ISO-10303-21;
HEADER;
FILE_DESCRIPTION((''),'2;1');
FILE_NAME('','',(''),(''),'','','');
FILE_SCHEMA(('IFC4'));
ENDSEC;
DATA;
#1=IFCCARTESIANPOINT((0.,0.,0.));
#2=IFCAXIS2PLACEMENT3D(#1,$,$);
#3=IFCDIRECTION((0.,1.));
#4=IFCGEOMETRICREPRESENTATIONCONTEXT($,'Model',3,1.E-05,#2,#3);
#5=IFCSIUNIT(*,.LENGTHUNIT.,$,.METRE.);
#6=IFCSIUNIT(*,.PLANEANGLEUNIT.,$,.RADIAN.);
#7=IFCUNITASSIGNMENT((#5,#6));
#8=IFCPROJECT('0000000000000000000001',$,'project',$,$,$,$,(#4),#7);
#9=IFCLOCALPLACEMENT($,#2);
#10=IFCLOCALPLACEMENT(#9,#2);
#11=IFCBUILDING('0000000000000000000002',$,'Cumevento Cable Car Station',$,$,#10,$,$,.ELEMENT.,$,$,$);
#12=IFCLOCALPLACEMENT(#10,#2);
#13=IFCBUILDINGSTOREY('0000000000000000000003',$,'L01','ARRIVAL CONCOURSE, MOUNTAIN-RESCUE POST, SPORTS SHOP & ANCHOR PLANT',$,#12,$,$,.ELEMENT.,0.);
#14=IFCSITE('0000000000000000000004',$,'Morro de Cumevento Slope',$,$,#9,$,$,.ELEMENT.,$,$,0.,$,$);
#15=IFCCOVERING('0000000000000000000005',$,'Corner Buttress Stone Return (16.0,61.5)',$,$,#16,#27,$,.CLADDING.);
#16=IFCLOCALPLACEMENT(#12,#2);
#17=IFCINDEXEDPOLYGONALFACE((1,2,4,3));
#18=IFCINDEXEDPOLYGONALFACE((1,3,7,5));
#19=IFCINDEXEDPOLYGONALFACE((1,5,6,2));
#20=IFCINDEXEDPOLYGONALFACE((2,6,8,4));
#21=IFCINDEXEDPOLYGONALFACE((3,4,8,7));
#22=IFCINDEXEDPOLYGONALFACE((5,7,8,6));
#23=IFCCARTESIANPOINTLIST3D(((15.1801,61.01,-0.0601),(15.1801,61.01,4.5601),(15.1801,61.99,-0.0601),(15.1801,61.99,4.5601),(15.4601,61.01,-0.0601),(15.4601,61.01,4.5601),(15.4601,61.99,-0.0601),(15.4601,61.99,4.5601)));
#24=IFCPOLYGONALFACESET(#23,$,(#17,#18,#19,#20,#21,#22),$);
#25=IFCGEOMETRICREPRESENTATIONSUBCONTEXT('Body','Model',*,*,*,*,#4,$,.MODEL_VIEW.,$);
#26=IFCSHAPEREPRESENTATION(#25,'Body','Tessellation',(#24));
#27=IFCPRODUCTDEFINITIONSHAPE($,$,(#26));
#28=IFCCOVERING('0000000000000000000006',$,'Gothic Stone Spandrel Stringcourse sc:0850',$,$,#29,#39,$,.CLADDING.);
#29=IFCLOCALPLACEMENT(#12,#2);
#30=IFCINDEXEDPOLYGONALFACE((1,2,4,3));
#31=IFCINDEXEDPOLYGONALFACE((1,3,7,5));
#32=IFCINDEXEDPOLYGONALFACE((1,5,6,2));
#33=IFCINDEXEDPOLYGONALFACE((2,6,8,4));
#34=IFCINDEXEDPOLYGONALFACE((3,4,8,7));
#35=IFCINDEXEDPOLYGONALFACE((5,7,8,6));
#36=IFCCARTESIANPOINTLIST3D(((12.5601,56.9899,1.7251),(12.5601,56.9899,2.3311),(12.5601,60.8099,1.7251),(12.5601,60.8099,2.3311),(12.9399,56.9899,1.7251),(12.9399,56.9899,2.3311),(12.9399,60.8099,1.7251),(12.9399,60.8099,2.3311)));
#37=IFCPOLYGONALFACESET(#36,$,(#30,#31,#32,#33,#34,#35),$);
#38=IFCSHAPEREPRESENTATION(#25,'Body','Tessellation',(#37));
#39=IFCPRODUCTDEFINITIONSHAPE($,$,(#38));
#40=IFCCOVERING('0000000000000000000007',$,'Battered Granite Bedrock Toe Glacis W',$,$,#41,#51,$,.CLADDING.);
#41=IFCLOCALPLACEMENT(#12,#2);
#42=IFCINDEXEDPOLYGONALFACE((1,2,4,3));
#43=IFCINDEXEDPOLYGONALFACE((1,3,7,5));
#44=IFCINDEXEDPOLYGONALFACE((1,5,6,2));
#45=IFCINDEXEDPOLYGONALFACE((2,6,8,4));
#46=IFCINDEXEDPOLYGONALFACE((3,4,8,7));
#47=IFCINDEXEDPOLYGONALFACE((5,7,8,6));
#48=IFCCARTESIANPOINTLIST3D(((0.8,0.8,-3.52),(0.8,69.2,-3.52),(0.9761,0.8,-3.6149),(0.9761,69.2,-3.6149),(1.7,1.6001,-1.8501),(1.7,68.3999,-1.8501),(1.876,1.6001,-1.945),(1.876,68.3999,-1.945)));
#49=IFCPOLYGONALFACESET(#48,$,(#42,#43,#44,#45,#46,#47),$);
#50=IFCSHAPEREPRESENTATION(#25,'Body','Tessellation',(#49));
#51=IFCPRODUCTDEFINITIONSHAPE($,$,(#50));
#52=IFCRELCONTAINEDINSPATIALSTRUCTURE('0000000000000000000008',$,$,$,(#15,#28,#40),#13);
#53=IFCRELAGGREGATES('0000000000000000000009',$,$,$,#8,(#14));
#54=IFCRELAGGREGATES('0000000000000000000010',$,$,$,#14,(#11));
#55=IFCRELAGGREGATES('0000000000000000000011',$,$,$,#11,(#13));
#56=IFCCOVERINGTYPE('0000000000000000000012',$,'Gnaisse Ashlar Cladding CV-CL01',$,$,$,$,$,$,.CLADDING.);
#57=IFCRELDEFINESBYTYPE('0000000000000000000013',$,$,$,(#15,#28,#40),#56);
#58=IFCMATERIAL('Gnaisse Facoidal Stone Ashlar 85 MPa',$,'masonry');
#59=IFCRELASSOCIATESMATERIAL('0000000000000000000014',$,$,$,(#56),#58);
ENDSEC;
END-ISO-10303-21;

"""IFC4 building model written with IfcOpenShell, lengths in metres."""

from ifc_helpers import new_model, si_unit, direction, frame, origin, origin_2d, place, context, subcontext, project, spatial, polyline, rectangle, outline, extrude, material, type_object, element, save


model = new_model("IFC4")

# Units and contexts
model_context = context("Model", 3, precision=1e-05, world=origin(), true_north=direction((0.0, 1.0)))
body_context = subcontext(model_context, "Body", "Model", "MODEL_VIEW")
ifc_project = project(units=[si_unit("LENGTHUNIT", "METRE"), si_unit("PLANEANGLEUNIT", "RADIAN")], contexts=[model_context])

# Site, building, storey
site_placement = place(None, origin())
site = spatial("IfcSite", under=ifc_project, at=site_placement, Name="Morro de Cumevento Slope", CompositionType="ELEMENT", RefElevation=0.0)
building_placement = place(site_placement, origin())
building = spatial("IfcBuilding", under=site, at=building_placement, Name="Cumevento Cable Car Station", CompositionType="ELEMENT")
storey_placement = place(building_placement, origin())
storey = spatial("IfcBuildingStorey", under=building, at=storey_placement, Name="L01", Description="ARRIVAL CONCOURSE, MOUNTAIN-RESCUE POST, SPORTS SHOP & ANCHOR PLANT", CompositionType="ELEMENT", Elevation=0.0)

# Coverings
ifc_material_1 = material(Name="Gnaisse Facoidal Stone Ashlar 85 MPa", Category="masonry")
covering_type = type_object("IfcCoveringType", Name="Gnaisse Ashlar Cladding CV-CL01", PredefinedType="CLADDING", material=ifc_material_1)
covering_1_placement = place(storey_placement, frame((15.3201, 61.5, -0.0601), z_axis=(0.0, 0.0, 1.0), x_axis=(1.0, 0.0, 0.0)))
element("IfcCovering", 1, at=covering_1_placement, inside=storey, type_object=covering_type, Name="Corner Buttress Stone Return (16.0,61.5)", PredefinedType="CLADDING", context=body_context, shape_type="SweptSolid", body=[
    extrude(rectangle(XDim=0.28, YDim=0.98, at=origin_2d()), origin(), (0.0, 0.0, 1.0), 4.6201),
])
covering_2_placement = place(storey_placement, frame((12.75, 58.8999, 1.7251), z_axis=(0.0, 0.0, 1.0), x_axis=(0.0, 1.0, 0.0)))
element("IfcCovering", 2, at=covering_2_placement, inside=storey, type_object=covering_type, Name="Gothic Stone Spandrel Stringcourse sc:0850", PredefinedType="CLADDING", context=body_context, shape_type="SweptSolid", body=[
    extrude(rectangle(XDim=3.8201, YDim=0.3799, at=origin_2d()), origin(), (0.0, 0.0, 1.0), 0.606),
])
covering_3_placement = place(storey_placement, frame((0.8, 69.2, -3.52), z_axis=(-0.880314, 0.0, 0.474391), x_axis=(0.0, -1.0, 0.0)))
element("IfcCovering", 3, at=covering_3_placement, inside=storey, type_object=covering_type, Name="Battered Granite Bedrock Toe Glacis W", PredefinedType="CLADDING", context=body_context, shape_type="SweptSolid", body=[
    extrude(outline(polyline([(0.0, 0.0), (68.3999, 0.0), (67.5999, 1.897), (0.8, 1.897), (0.0, 0.0)])), origin(), (0.0, 0.0, -1.0), 0.2),
])

save(model, "model.ifc")
